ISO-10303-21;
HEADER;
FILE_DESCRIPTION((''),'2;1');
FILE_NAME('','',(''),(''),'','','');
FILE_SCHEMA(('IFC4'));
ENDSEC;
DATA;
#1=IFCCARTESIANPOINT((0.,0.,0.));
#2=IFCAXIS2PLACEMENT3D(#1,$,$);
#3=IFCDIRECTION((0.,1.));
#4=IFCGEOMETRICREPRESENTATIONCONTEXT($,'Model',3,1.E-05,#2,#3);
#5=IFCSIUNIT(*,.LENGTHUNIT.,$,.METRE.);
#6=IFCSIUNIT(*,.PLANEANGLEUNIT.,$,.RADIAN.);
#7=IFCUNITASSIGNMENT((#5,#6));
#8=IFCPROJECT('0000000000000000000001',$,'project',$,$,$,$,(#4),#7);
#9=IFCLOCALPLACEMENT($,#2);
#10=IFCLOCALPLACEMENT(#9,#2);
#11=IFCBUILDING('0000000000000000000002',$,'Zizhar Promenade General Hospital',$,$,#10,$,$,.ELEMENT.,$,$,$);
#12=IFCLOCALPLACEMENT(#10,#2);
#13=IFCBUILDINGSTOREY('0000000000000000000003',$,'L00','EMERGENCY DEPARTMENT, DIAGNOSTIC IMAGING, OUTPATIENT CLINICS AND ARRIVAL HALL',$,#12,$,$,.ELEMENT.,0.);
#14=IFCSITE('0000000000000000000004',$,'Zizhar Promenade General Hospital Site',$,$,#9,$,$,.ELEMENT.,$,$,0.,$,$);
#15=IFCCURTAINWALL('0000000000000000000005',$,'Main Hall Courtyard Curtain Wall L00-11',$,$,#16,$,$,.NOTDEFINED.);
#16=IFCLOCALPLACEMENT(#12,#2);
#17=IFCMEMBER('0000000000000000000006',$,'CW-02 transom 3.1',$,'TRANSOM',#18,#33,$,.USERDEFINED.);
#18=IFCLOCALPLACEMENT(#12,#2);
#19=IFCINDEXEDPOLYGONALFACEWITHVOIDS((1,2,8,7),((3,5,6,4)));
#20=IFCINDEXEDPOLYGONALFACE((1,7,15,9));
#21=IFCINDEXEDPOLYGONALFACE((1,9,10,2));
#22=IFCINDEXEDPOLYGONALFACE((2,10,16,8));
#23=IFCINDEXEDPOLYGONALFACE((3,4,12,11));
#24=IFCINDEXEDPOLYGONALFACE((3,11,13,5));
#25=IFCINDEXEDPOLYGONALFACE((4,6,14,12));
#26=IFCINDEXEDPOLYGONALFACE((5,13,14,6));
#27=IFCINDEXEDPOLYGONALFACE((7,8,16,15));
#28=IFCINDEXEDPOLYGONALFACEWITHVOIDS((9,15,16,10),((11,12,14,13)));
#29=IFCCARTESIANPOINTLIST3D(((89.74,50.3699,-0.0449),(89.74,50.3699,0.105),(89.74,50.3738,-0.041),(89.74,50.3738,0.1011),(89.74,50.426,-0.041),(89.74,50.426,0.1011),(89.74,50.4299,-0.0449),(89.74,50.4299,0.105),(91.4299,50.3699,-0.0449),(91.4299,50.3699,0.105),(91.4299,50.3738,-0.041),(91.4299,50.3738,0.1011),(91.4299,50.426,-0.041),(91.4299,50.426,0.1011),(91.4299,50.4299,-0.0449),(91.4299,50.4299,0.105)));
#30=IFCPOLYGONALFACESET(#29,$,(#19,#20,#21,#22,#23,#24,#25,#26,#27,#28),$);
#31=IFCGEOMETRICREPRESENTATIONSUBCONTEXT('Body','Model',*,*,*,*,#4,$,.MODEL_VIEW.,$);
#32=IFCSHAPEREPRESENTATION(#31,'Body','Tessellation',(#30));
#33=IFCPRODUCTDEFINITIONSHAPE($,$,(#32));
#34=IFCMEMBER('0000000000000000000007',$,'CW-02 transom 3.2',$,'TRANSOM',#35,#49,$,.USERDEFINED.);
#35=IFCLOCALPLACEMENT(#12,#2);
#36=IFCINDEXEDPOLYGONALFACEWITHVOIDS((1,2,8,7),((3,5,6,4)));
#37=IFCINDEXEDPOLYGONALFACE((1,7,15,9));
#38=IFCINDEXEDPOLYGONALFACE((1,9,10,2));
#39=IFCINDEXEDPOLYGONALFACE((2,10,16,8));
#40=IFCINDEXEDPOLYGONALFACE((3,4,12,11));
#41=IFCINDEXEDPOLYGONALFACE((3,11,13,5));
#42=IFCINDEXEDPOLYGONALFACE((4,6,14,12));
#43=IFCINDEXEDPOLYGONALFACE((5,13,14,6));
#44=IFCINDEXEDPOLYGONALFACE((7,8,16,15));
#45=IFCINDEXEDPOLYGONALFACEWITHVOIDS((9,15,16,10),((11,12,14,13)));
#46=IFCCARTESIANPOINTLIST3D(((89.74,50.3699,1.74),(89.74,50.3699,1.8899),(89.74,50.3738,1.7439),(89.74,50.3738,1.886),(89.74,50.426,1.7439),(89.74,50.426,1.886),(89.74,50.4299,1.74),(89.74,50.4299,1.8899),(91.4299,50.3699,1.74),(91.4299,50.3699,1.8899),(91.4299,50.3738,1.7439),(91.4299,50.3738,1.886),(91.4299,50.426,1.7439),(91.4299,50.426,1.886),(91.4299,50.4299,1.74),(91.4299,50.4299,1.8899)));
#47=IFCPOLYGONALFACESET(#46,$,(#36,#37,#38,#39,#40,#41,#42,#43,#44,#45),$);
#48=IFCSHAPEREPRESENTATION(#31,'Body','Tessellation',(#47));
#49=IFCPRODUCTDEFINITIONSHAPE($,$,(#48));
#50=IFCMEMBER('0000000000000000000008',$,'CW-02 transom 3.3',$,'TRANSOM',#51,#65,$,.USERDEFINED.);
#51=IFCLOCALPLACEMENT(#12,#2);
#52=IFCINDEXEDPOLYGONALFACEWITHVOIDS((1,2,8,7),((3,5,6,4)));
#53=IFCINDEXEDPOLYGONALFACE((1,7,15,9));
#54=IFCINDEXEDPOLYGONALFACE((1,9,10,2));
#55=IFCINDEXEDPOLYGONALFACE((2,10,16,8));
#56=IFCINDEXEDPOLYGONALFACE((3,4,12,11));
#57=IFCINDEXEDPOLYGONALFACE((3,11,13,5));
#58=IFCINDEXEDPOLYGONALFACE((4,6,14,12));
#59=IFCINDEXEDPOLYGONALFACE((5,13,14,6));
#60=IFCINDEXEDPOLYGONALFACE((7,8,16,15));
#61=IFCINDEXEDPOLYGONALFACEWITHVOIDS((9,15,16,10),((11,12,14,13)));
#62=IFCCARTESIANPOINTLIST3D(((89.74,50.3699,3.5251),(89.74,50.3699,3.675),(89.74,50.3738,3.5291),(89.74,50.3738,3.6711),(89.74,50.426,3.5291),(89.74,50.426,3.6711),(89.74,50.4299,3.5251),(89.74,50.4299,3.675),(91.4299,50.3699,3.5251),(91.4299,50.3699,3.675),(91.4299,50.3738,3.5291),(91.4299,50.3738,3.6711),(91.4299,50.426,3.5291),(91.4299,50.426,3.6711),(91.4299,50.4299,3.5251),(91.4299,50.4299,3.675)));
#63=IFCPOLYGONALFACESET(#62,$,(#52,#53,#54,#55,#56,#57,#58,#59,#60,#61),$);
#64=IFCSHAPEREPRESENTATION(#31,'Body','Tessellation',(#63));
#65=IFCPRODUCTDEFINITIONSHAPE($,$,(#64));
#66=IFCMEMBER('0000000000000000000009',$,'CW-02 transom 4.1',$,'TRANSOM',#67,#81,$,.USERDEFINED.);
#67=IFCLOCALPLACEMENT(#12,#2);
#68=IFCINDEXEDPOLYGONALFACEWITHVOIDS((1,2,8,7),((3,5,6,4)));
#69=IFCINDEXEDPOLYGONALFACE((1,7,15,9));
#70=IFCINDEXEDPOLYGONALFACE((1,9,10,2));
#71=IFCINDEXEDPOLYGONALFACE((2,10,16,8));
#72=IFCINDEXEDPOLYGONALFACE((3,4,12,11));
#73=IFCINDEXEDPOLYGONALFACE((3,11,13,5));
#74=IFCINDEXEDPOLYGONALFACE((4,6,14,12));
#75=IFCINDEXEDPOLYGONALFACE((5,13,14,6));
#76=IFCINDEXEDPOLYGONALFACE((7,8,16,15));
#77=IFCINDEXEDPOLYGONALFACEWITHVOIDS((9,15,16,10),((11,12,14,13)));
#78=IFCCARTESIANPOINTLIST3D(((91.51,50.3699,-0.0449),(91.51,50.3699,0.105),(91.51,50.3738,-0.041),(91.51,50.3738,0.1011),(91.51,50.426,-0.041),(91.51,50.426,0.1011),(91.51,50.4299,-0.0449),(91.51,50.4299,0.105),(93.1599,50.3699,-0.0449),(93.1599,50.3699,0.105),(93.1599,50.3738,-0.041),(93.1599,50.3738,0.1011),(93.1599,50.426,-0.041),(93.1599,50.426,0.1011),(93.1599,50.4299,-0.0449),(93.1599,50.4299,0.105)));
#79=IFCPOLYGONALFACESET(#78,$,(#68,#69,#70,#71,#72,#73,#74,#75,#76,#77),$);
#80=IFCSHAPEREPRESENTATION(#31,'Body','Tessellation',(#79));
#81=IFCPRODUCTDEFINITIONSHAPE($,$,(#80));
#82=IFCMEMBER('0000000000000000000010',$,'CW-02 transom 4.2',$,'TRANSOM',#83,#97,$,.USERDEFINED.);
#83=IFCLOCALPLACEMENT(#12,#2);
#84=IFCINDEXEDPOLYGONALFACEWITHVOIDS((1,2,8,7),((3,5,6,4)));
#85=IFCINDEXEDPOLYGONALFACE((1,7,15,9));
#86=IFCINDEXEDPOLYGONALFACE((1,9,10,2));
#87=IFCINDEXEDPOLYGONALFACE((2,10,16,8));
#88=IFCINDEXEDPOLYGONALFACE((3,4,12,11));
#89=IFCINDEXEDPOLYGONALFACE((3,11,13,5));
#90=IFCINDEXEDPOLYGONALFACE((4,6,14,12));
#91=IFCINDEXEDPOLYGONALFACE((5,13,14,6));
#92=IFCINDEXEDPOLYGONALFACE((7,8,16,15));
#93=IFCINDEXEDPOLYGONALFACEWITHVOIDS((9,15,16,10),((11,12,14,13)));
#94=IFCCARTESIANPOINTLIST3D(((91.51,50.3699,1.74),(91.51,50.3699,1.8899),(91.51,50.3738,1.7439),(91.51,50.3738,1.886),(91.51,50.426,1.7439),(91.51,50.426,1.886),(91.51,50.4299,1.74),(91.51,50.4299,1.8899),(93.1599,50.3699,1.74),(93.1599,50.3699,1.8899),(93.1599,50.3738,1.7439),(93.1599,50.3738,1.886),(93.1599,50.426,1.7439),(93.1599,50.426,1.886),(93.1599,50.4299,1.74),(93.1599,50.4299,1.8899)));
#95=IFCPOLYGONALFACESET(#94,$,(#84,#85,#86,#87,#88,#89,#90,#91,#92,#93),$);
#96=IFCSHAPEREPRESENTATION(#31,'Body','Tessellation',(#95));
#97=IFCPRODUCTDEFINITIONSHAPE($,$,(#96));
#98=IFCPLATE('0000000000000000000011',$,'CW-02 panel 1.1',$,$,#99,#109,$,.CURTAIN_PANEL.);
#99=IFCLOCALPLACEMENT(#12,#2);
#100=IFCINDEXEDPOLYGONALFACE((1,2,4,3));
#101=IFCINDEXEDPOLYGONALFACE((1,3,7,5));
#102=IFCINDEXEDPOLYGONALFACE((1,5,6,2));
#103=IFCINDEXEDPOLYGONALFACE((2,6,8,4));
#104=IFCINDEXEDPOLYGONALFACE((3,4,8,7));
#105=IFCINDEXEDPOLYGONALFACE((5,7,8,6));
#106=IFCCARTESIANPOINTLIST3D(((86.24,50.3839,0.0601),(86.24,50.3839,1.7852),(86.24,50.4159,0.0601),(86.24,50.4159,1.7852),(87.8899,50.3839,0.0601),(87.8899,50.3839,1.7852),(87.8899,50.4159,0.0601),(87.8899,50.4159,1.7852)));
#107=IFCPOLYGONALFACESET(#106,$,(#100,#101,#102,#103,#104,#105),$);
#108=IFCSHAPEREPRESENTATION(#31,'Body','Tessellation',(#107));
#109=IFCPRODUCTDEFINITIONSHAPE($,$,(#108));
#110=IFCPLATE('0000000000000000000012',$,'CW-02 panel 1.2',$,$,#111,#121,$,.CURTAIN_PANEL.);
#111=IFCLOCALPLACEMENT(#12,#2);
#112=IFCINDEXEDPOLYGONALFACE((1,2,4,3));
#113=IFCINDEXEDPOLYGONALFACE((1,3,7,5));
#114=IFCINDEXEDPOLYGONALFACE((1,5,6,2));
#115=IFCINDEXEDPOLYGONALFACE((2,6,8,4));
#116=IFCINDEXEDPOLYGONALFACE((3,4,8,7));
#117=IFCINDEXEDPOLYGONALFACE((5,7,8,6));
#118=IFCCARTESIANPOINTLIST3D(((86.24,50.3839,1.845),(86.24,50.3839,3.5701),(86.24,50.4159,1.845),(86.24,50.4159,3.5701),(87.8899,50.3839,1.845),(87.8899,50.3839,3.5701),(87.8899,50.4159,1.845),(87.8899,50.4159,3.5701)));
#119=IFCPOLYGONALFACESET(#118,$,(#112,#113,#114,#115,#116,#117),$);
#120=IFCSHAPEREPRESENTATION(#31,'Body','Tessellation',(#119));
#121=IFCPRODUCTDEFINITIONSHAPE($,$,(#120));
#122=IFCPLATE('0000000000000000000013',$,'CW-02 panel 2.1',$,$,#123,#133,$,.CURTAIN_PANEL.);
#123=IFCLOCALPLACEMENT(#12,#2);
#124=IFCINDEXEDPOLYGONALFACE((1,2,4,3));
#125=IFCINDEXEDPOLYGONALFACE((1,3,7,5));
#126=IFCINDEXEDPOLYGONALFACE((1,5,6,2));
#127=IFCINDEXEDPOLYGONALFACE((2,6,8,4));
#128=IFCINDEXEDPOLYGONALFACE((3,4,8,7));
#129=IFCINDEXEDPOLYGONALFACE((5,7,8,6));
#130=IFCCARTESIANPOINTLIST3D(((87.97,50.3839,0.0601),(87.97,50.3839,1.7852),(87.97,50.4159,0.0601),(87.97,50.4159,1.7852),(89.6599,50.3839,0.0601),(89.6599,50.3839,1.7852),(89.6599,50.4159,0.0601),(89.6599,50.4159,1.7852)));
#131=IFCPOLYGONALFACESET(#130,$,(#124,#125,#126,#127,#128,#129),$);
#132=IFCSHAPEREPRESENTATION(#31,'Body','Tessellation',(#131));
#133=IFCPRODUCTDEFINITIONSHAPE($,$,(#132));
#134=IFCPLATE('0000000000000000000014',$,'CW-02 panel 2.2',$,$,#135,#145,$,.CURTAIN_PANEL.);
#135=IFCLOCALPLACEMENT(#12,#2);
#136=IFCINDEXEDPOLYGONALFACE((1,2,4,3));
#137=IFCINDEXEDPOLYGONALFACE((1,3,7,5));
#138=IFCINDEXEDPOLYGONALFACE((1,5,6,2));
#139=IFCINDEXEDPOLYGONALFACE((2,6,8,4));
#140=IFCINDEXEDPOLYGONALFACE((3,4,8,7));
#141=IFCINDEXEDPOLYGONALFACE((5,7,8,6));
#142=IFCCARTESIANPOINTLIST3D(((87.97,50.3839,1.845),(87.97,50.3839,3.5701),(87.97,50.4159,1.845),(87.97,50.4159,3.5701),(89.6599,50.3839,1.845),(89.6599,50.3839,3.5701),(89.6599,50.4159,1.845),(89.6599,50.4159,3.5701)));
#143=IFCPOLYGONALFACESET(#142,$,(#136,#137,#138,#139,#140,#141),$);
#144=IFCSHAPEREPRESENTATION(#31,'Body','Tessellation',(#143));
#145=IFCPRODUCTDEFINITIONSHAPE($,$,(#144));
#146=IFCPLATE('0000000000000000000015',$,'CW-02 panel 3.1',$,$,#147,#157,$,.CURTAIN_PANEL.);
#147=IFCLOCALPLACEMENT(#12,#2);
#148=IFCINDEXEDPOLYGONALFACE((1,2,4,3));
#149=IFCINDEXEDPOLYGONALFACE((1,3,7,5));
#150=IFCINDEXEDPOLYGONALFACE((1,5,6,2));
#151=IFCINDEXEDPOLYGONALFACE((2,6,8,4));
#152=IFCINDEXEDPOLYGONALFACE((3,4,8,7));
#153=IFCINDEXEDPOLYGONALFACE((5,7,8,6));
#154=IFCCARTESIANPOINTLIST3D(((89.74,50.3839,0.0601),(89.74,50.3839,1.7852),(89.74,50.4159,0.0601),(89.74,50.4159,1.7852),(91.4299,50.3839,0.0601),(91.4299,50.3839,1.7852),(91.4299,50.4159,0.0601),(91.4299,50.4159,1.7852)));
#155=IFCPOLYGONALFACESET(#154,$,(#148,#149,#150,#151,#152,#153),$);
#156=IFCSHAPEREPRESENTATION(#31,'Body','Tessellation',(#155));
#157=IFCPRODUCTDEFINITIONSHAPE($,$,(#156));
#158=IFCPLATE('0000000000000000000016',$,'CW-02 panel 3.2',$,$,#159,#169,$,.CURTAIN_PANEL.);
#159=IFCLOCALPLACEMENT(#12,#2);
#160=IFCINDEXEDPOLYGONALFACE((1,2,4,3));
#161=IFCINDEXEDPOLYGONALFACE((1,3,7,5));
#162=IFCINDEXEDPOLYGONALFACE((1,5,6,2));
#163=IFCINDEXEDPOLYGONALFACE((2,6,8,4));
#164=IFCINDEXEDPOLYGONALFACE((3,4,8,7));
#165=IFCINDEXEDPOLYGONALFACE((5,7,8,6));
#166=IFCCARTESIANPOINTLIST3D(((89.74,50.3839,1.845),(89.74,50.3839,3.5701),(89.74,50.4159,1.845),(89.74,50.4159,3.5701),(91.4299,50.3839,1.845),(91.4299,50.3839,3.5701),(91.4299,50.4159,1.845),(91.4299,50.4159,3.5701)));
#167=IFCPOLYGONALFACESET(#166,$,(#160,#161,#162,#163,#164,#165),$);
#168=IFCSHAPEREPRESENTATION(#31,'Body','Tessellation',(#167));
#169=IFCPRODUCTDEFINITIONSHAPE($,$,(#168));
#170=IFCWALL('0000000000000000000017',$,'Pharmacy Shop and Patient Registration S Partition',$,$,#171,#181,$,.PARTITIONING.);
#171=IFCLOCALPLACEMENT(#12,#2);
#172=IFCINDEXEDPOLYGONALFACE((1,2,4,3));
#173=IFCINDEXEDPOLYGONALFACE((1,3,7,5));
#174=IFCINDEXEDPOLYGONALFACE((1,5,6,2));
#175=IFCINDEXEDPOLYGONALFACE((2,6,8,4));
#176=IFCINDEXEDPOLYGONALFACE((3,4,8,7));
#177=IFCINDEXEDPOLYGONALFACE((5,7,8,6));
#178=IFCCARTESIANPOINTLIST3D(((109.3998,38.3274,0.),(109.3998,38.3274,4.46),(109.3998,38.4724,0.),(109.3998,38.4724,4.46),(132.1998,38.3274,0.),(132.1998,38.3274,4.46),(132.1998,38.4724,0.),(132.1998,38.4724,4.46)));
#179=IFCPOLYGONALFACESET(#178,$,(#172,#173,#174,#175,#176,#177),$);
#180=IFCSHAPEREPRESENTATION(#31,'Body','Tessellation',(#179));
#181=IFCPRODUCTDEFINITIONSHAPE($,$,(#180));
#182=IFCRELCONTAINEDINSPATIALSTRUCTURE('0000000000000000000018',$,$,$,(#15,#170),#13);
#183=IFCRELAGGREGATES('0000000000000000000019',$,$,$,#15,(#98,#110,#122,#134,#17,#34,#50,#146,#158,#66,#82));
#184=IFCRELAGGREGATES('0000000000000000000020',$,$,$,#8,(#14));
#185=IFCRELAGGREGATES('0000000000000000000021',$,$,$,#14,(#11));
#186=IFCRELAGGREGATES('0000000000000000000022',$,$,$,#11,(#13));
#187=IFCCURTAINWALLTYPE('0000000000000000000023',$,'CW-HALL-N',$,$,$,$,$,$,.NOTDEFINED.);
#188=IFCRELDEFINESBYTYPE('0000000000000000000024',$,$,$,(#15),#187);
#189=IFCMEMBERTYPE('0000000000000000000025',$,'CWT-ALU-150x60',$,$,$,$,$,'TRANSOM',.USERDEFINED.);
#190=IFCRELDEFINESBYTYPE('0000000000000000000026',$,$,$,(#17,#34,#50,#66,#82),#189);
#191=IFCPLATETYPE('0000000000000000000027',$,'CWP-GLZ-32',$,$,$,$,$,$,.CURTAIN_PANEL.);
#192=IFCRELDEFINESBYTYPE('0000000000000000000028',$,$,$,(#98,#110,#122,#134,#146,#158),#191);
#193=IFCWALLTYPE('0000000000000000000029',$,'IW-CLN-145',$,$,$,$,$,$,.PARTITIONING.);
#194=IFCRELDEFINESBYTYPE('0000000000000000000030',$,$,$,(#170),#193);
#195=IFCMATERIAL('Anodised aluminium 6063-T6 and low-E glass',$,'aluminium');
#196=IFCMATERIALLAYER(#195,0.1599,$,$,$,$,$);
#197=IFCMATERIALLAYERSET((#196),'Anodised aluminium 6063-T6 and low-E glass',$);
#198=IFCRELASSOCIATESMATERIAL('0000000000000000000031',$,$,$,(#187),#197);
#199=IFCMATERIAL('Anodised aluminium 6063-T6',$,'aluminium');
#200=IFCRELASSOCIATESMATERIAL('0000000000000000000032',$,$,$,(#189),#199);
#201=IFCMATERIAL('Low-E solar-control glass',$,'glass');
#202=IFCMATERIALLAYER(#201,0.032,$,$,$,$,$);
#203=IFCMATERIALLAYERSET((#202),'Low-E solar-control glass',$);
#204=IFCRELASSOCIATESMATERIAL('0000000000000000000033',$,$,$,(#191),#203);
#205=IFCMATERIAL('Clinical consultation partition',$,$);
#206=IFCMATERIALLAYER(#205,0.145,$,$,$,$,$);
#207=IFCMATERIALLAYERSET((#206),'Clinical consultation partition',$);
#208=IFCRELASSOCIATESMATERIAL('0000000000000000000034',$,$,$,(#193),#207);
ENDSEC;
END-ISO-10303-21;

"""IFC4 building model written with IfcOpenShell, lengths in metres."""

from ifc_helpers import new_model, si_unit, direction, frame, frame_2d, origin, origin_2d, place, context, subcontext, project, spatial, rectangle, hollow_rectangle, extrude, material, layer, layer_set, material_profile, profile_set, type_object, element, aggregate, save


model = new_model("IFC4")

# Units and contexts
model_context = context("Model", 3, precision=1e-05, world=origin(), true_north=direction((0.0, 1.0)))
body_context = subcontext(model_context, "Body", "Model", "MODEL_VIEW")
ifc_project = project(units=[si_unit("LENGTHUNIT", "METRE"), si_unit("PLANEANGLEUNIT", "RADIAN")], contexts=[model_context])

# Site, building, storey
site_placement = place(None, origin())
site = spatial("IfcSite", under=ifc_project, at=site_placement, Name="Zizhar Promenade General Hospital Site", CompositionType="ELEMENT", RefElevation=0.0)
building_placement = place(site_placement, origin())
building = spatial("IfcBuilding", under=site, at=building_placement, Name="Zizhar Promenade General Hospital", CompositionType="ELEMENT")
storey_placement = place(building_placement, origin())
storey = spatial("IfcBuildingStorey", under=building, at=storey_placement, Name="L00", Description="EMERGENCY DEPARTMENT, DIAGNOSTIC IMAGING, OUTPATIENT CLINICS AND ARRIVAL HALL", CompositionType="ELEMENT", Elevation=0.0)

# Curtain wall, members, plates
ifc_material_1 = material(Name="Anodised aluminium 6063-T6 and low-E glass", Category="aluminium")
ifc_layer_1 = layer(ifc_material_1, 0.1599)
ifc_layer_set_1 = layer_set([ifc_layer_1], Name="Anodised aluminium 6063-T6 and low-E glass")
curtain_wall_type = type_object("IfcCurtainWallType", Name="CW-HALL-N", PredefinedType="NOTDEFINED", material=ifc_layer_set_1)
curtain_wall_placement = place(storey_placement, origin())
curtain_wall = element("IfcCurtainWall", 1, at=curtain_wall_placement, inside=storey, type_object=curtain_wall_type, Name="Main Hall Courtyard Curtain Wall L00-11", PredefinedType="NOTDEFINED")
ifc_material_2 = material(Name="Anodised aluminium 6063-T6", Category="aluminium")
ifc_material_profile_1 = material_profile(ifc_material_2, hollow_rectangle(XDim=0.0601, YDim=0.1499, WallThickness=0.0039, at=origin_2d()))
ifc_profile_set_1 = profile_set([ifc_material_profile_1], Name="Anodised aluminium 6063-T6")
member_type_1 = type_object("IfcMemberType", Name="CWT-ALU-150x60", ElementType="TRANSOM", PredefinedType="USERDEFINED", material=ifc_profile_set_1)
member_1_placement = place(storey_placement, frame((89.74, 50.3999, 0.03), z_axis=(1.0, 0.0, 0.0), x_axis=(0.0, 1.0, 0.0)))
member_1 = element("IfcMember", 2, at=member_1_placement, type_object=member_type_1, Name="CW-02 transom 3.1", ObjectType="TRANSOM", PredefinedType="USERDEFINED", context=body_context, shape_type="SweptSolid", body=[
    extrude(hollow_rectangle(XDim=0.0601, YDim=0.1499, WallThickness=0.0039, at=origin_2d()), origin(), (0.0, 0.0, 1.0), 1.6899),
])
member_2_placement = place(storey_placement, frame((89.74, 50.3999, 1.8149), z_axis=(1.0, 0.0, 0.0), x_axis=(0.0, 1.0, 0.0)))
member_2 = element("IfcMember", 3, at=member_2_placement, type_object=member_type_1, Name="CW-02 transom 3.2", ObjectType="TRANSOM", PredefinedType="USERDEFINED", context=body_context, shape_type="SweptSolid", body=[
    extrude(hollow_rectangle(XDim=0.0601, YDim=0.1499, WallThickness=0.0039, at=origin_2d()), origin(), (0.0, 0.0, 1.0), 1.6899),
])
member_3_placement = place(storey_placement, frame((89.74, 50.3999, 3.6001), z_axis=(1.0, 0.0, 0.0), x_axis=(0.0, 1.0, 0.0)))
member_3 = element("IfcMember", 4, at=member_3_placement, type_object=member_type_1, Name="CW-02 transom 3.3", ObjectType="TRANSOM", PredefinedType="USERDEFINED", context=body_context, shape_type="SweptSolid", body=[
    extrude(hollow_rectangle(XDim=0.0601, YDim=0.1499, WallThickness=0.0039, at=origin_2d()), origin(), (0.0, 0.0, 1.0), 1.6899),
])
member_4_placement = place(storey_placement, frame((91.51, 50.3999, 0.03), z_axis=(1.0, 0.0, 0.0), x_axis=(0.0, 1.0, 0.0)))
member_4 = element("IfcMember", 5, at=member_4_placement, type_object=member_type_1, Name="CW-02 transom 4.1", ObjectType="TRANSOM", PredefinedType="USERDEFINED", context=body_context, shape_type="SweptSolid", body=[
    extrude(hollow_rectangle(XDim=0.0601, YDim=0.1499, WallThickness=0.0039, at=origin_2d()), origin(), (0.0, 0.0, 1.0), 1.6499),
])
member_5_placement = place(storey_placement, frame((91.51, 50.3999, 1.8149), z_axis=(1.0, 0.0, 0.0), x_axis=(0.0, 1.0, 0.0)))
member_5 = element("IfcMember", 6, at=member_5_placement, type_object=member_type_1, Name="CW-02 transom 4.2", ObjectType="TRANSOM", PredefinedType="USERDEFINED", context=body_context, shape_type="SweptSolid", body=[
    extrude(hollow_rectangle(XDim=0.0601, YDim=0.1499, WallThickness=0.0039, at=origin_2d()), origin(), (0.0, 0.0, 1.0), 1.6499),
])
ifc_material_3 = material(Name="Low-E solar-control glass", Category="glass")
ifc_layer_2 = layer(ifc_material_3, 0.032)
ifc_layer_set_2 = layer_set([ifc_layer_2], Name="Low-E solar-control glass")
plate_type = type_object("IfcPlateType", Name="CWP-GLZ-32", PredefinedType="CURTAIN_PANEL", material=ifc_layer_set_2)
plate_1_placement = place(storey_placement, frame((87.0649, 50.3999, 0.0601), z_axis=(0.0, 0.0, 1.0), x_axis=(1.0, 0.0, 0.0)))
plate_1 = element("IfcPlate", 7, at=plate_1_placement, type_object=plate_type, Name="CW-02 panel 1.1", PredefinedType="CURTAIN_PANEL", context=body_context, shape_type="SweptSolid", body=[
    extrude(rectangle(XDim=1.6499, YDim=0.032, at=origin_2d()), origin(), (0.0, 0.0, 1.0), 1.7251),
])
plate_2_placement = place(storey_placement, frame((87.0649, 50.3999, 1.845), z_axis=(0.0, 0.0, 1.0), x_axis=(1.0, 0.0, 0.0)))
plate_2 = element("IfcPlate", 8, at=plate_2_placement, type_object=plate_type, Name="CW-02 panel 1.2", PredefinedType="CURTAIN_PANEL", context=body_context, shape_type="SweptSolid", body=[
    extrude(rectangle(XDim=1.6499, YDim=0.032, at=origin_2d()), origin(), (0.0, 0.0, 1.0), 1.7251),
])
plate_3_placement = place(storey_placement, frame((88.8149, 50.3999, 0.0601), z_axis=(0.0, 0.0, 1.0), x_axis=(1.0, 0.0, 0.0)))
plate_3 = element("IfcPlate", 9, at=plate_3_placement, type_object=plate_type, Name="CW-02 panel 2.1", PredefinedType="CURTAIN_PANEL", context=body_context, shape_type="SweptSolid", body=[
    extrude(rectangle(XDim=1.6899, YDim=0.032, at=origin_2d()), origin(), (0.0, 0.0, 1.0), 1.7251),
])
plate_4_placement = place(storey_placement, frame((88.8149, 50.3999, 1.845), z_axis=(0.0, 0.0, 1.0), x_axis=(1.0, 0.0, 0.0)))
plate_4 = element("IfcPlate", 10, at=plate_4_placement, type_object=plate_type, Name="CW-02 panel 2.2", PredefinedType="CURTAIN_PANEL", context=body_context, shape_type="SweptSolid", body=[
    extrude(rectangle(XDim=1.6899, YDim=0.032, at=origin_2d()), origin(), (0.0, 0.0, 1.0), 1.7251),
])
plate_5_placement = place(storey_placement, frame((90.585, 50.3999, 0.0601), z_axis=(0.0, 0.0, 1.0), x_axis=(1.0, 0.0, 0.0)))
plate_5 = element("IfcPlate", 11, at=plate_5_placement, type_object=plate_type, Name="CW-02 panel 3.1", PredefinedType="CURTAIN_PANEL", context=body_context, shape_type="SweptSolid", body=[
    extrude(rectangle(XDim=1.6899, YDim=0.032, at=origin_2d()), origin(), (0.0, 0.0, 1.0), 1.7251),
])
plate_6_placement = place(storey_placement, frame((90.585, 50.3999, 1.845), z_axis=(0.0, 0.0, 1.0), x_axis=(1.0, 0.0, 0.0)))
plate_6 = element("IfcPlate", 12, at=plate_6_placement, type_object=plate_type, Name="CW-02 panel 3.2", PredefinedType="CURTAIN_PANEL", context=body_context, shape_type="SweptSolid", body=[
    extrude(rectangle(XDim=1.6899, YDim=0.032, at=origin_2d()), origin(), (0.0, 0.0, 1.0), 1.7251),
])
aggregate(curtain_wall, [plate_1, plate_2, plate_3, plate_4, member_1, member_2, member_3, plate_5, plate_6, member_4, member_5])

# Wall
ifc_material_4 = material(Name="Clinical consultation partition")
ifc_layer_3 = layer(ifc_material_4, 0.145)
ifc_layer_set_3 = layer_set([ifc_layer_3], Name="Clinical consultation partition")
wall_type = type_object("IfcWallType", Name="IW-CLN-145", PredefinedType="PARTITIONING", material=ifc_layer_set_3)
wall_1_placement = place(storey_placement, frame((109.3999, 38.3999, 0.0), z_axis=(0.0, 0.0, 1.0), x_axis=(1.0, 0.0, 0.0)))
element("IfcWall", 13, at=wall_1_placement, inside=storey, type_object=wall_type, Name="Pharmacy Shop and Patient Registration S Partition", PredefinedType="PARTITIONING", context=body_context, shape_type="SweptSolid", body=[
    extrude(rectangle(XDim=22.8, YDim=0.145, at=frame_2d((11.3999, 0.0))), origin(), (0.0, 0.0, 1.0), 4.46),
])

save(model, "model.ifc")
